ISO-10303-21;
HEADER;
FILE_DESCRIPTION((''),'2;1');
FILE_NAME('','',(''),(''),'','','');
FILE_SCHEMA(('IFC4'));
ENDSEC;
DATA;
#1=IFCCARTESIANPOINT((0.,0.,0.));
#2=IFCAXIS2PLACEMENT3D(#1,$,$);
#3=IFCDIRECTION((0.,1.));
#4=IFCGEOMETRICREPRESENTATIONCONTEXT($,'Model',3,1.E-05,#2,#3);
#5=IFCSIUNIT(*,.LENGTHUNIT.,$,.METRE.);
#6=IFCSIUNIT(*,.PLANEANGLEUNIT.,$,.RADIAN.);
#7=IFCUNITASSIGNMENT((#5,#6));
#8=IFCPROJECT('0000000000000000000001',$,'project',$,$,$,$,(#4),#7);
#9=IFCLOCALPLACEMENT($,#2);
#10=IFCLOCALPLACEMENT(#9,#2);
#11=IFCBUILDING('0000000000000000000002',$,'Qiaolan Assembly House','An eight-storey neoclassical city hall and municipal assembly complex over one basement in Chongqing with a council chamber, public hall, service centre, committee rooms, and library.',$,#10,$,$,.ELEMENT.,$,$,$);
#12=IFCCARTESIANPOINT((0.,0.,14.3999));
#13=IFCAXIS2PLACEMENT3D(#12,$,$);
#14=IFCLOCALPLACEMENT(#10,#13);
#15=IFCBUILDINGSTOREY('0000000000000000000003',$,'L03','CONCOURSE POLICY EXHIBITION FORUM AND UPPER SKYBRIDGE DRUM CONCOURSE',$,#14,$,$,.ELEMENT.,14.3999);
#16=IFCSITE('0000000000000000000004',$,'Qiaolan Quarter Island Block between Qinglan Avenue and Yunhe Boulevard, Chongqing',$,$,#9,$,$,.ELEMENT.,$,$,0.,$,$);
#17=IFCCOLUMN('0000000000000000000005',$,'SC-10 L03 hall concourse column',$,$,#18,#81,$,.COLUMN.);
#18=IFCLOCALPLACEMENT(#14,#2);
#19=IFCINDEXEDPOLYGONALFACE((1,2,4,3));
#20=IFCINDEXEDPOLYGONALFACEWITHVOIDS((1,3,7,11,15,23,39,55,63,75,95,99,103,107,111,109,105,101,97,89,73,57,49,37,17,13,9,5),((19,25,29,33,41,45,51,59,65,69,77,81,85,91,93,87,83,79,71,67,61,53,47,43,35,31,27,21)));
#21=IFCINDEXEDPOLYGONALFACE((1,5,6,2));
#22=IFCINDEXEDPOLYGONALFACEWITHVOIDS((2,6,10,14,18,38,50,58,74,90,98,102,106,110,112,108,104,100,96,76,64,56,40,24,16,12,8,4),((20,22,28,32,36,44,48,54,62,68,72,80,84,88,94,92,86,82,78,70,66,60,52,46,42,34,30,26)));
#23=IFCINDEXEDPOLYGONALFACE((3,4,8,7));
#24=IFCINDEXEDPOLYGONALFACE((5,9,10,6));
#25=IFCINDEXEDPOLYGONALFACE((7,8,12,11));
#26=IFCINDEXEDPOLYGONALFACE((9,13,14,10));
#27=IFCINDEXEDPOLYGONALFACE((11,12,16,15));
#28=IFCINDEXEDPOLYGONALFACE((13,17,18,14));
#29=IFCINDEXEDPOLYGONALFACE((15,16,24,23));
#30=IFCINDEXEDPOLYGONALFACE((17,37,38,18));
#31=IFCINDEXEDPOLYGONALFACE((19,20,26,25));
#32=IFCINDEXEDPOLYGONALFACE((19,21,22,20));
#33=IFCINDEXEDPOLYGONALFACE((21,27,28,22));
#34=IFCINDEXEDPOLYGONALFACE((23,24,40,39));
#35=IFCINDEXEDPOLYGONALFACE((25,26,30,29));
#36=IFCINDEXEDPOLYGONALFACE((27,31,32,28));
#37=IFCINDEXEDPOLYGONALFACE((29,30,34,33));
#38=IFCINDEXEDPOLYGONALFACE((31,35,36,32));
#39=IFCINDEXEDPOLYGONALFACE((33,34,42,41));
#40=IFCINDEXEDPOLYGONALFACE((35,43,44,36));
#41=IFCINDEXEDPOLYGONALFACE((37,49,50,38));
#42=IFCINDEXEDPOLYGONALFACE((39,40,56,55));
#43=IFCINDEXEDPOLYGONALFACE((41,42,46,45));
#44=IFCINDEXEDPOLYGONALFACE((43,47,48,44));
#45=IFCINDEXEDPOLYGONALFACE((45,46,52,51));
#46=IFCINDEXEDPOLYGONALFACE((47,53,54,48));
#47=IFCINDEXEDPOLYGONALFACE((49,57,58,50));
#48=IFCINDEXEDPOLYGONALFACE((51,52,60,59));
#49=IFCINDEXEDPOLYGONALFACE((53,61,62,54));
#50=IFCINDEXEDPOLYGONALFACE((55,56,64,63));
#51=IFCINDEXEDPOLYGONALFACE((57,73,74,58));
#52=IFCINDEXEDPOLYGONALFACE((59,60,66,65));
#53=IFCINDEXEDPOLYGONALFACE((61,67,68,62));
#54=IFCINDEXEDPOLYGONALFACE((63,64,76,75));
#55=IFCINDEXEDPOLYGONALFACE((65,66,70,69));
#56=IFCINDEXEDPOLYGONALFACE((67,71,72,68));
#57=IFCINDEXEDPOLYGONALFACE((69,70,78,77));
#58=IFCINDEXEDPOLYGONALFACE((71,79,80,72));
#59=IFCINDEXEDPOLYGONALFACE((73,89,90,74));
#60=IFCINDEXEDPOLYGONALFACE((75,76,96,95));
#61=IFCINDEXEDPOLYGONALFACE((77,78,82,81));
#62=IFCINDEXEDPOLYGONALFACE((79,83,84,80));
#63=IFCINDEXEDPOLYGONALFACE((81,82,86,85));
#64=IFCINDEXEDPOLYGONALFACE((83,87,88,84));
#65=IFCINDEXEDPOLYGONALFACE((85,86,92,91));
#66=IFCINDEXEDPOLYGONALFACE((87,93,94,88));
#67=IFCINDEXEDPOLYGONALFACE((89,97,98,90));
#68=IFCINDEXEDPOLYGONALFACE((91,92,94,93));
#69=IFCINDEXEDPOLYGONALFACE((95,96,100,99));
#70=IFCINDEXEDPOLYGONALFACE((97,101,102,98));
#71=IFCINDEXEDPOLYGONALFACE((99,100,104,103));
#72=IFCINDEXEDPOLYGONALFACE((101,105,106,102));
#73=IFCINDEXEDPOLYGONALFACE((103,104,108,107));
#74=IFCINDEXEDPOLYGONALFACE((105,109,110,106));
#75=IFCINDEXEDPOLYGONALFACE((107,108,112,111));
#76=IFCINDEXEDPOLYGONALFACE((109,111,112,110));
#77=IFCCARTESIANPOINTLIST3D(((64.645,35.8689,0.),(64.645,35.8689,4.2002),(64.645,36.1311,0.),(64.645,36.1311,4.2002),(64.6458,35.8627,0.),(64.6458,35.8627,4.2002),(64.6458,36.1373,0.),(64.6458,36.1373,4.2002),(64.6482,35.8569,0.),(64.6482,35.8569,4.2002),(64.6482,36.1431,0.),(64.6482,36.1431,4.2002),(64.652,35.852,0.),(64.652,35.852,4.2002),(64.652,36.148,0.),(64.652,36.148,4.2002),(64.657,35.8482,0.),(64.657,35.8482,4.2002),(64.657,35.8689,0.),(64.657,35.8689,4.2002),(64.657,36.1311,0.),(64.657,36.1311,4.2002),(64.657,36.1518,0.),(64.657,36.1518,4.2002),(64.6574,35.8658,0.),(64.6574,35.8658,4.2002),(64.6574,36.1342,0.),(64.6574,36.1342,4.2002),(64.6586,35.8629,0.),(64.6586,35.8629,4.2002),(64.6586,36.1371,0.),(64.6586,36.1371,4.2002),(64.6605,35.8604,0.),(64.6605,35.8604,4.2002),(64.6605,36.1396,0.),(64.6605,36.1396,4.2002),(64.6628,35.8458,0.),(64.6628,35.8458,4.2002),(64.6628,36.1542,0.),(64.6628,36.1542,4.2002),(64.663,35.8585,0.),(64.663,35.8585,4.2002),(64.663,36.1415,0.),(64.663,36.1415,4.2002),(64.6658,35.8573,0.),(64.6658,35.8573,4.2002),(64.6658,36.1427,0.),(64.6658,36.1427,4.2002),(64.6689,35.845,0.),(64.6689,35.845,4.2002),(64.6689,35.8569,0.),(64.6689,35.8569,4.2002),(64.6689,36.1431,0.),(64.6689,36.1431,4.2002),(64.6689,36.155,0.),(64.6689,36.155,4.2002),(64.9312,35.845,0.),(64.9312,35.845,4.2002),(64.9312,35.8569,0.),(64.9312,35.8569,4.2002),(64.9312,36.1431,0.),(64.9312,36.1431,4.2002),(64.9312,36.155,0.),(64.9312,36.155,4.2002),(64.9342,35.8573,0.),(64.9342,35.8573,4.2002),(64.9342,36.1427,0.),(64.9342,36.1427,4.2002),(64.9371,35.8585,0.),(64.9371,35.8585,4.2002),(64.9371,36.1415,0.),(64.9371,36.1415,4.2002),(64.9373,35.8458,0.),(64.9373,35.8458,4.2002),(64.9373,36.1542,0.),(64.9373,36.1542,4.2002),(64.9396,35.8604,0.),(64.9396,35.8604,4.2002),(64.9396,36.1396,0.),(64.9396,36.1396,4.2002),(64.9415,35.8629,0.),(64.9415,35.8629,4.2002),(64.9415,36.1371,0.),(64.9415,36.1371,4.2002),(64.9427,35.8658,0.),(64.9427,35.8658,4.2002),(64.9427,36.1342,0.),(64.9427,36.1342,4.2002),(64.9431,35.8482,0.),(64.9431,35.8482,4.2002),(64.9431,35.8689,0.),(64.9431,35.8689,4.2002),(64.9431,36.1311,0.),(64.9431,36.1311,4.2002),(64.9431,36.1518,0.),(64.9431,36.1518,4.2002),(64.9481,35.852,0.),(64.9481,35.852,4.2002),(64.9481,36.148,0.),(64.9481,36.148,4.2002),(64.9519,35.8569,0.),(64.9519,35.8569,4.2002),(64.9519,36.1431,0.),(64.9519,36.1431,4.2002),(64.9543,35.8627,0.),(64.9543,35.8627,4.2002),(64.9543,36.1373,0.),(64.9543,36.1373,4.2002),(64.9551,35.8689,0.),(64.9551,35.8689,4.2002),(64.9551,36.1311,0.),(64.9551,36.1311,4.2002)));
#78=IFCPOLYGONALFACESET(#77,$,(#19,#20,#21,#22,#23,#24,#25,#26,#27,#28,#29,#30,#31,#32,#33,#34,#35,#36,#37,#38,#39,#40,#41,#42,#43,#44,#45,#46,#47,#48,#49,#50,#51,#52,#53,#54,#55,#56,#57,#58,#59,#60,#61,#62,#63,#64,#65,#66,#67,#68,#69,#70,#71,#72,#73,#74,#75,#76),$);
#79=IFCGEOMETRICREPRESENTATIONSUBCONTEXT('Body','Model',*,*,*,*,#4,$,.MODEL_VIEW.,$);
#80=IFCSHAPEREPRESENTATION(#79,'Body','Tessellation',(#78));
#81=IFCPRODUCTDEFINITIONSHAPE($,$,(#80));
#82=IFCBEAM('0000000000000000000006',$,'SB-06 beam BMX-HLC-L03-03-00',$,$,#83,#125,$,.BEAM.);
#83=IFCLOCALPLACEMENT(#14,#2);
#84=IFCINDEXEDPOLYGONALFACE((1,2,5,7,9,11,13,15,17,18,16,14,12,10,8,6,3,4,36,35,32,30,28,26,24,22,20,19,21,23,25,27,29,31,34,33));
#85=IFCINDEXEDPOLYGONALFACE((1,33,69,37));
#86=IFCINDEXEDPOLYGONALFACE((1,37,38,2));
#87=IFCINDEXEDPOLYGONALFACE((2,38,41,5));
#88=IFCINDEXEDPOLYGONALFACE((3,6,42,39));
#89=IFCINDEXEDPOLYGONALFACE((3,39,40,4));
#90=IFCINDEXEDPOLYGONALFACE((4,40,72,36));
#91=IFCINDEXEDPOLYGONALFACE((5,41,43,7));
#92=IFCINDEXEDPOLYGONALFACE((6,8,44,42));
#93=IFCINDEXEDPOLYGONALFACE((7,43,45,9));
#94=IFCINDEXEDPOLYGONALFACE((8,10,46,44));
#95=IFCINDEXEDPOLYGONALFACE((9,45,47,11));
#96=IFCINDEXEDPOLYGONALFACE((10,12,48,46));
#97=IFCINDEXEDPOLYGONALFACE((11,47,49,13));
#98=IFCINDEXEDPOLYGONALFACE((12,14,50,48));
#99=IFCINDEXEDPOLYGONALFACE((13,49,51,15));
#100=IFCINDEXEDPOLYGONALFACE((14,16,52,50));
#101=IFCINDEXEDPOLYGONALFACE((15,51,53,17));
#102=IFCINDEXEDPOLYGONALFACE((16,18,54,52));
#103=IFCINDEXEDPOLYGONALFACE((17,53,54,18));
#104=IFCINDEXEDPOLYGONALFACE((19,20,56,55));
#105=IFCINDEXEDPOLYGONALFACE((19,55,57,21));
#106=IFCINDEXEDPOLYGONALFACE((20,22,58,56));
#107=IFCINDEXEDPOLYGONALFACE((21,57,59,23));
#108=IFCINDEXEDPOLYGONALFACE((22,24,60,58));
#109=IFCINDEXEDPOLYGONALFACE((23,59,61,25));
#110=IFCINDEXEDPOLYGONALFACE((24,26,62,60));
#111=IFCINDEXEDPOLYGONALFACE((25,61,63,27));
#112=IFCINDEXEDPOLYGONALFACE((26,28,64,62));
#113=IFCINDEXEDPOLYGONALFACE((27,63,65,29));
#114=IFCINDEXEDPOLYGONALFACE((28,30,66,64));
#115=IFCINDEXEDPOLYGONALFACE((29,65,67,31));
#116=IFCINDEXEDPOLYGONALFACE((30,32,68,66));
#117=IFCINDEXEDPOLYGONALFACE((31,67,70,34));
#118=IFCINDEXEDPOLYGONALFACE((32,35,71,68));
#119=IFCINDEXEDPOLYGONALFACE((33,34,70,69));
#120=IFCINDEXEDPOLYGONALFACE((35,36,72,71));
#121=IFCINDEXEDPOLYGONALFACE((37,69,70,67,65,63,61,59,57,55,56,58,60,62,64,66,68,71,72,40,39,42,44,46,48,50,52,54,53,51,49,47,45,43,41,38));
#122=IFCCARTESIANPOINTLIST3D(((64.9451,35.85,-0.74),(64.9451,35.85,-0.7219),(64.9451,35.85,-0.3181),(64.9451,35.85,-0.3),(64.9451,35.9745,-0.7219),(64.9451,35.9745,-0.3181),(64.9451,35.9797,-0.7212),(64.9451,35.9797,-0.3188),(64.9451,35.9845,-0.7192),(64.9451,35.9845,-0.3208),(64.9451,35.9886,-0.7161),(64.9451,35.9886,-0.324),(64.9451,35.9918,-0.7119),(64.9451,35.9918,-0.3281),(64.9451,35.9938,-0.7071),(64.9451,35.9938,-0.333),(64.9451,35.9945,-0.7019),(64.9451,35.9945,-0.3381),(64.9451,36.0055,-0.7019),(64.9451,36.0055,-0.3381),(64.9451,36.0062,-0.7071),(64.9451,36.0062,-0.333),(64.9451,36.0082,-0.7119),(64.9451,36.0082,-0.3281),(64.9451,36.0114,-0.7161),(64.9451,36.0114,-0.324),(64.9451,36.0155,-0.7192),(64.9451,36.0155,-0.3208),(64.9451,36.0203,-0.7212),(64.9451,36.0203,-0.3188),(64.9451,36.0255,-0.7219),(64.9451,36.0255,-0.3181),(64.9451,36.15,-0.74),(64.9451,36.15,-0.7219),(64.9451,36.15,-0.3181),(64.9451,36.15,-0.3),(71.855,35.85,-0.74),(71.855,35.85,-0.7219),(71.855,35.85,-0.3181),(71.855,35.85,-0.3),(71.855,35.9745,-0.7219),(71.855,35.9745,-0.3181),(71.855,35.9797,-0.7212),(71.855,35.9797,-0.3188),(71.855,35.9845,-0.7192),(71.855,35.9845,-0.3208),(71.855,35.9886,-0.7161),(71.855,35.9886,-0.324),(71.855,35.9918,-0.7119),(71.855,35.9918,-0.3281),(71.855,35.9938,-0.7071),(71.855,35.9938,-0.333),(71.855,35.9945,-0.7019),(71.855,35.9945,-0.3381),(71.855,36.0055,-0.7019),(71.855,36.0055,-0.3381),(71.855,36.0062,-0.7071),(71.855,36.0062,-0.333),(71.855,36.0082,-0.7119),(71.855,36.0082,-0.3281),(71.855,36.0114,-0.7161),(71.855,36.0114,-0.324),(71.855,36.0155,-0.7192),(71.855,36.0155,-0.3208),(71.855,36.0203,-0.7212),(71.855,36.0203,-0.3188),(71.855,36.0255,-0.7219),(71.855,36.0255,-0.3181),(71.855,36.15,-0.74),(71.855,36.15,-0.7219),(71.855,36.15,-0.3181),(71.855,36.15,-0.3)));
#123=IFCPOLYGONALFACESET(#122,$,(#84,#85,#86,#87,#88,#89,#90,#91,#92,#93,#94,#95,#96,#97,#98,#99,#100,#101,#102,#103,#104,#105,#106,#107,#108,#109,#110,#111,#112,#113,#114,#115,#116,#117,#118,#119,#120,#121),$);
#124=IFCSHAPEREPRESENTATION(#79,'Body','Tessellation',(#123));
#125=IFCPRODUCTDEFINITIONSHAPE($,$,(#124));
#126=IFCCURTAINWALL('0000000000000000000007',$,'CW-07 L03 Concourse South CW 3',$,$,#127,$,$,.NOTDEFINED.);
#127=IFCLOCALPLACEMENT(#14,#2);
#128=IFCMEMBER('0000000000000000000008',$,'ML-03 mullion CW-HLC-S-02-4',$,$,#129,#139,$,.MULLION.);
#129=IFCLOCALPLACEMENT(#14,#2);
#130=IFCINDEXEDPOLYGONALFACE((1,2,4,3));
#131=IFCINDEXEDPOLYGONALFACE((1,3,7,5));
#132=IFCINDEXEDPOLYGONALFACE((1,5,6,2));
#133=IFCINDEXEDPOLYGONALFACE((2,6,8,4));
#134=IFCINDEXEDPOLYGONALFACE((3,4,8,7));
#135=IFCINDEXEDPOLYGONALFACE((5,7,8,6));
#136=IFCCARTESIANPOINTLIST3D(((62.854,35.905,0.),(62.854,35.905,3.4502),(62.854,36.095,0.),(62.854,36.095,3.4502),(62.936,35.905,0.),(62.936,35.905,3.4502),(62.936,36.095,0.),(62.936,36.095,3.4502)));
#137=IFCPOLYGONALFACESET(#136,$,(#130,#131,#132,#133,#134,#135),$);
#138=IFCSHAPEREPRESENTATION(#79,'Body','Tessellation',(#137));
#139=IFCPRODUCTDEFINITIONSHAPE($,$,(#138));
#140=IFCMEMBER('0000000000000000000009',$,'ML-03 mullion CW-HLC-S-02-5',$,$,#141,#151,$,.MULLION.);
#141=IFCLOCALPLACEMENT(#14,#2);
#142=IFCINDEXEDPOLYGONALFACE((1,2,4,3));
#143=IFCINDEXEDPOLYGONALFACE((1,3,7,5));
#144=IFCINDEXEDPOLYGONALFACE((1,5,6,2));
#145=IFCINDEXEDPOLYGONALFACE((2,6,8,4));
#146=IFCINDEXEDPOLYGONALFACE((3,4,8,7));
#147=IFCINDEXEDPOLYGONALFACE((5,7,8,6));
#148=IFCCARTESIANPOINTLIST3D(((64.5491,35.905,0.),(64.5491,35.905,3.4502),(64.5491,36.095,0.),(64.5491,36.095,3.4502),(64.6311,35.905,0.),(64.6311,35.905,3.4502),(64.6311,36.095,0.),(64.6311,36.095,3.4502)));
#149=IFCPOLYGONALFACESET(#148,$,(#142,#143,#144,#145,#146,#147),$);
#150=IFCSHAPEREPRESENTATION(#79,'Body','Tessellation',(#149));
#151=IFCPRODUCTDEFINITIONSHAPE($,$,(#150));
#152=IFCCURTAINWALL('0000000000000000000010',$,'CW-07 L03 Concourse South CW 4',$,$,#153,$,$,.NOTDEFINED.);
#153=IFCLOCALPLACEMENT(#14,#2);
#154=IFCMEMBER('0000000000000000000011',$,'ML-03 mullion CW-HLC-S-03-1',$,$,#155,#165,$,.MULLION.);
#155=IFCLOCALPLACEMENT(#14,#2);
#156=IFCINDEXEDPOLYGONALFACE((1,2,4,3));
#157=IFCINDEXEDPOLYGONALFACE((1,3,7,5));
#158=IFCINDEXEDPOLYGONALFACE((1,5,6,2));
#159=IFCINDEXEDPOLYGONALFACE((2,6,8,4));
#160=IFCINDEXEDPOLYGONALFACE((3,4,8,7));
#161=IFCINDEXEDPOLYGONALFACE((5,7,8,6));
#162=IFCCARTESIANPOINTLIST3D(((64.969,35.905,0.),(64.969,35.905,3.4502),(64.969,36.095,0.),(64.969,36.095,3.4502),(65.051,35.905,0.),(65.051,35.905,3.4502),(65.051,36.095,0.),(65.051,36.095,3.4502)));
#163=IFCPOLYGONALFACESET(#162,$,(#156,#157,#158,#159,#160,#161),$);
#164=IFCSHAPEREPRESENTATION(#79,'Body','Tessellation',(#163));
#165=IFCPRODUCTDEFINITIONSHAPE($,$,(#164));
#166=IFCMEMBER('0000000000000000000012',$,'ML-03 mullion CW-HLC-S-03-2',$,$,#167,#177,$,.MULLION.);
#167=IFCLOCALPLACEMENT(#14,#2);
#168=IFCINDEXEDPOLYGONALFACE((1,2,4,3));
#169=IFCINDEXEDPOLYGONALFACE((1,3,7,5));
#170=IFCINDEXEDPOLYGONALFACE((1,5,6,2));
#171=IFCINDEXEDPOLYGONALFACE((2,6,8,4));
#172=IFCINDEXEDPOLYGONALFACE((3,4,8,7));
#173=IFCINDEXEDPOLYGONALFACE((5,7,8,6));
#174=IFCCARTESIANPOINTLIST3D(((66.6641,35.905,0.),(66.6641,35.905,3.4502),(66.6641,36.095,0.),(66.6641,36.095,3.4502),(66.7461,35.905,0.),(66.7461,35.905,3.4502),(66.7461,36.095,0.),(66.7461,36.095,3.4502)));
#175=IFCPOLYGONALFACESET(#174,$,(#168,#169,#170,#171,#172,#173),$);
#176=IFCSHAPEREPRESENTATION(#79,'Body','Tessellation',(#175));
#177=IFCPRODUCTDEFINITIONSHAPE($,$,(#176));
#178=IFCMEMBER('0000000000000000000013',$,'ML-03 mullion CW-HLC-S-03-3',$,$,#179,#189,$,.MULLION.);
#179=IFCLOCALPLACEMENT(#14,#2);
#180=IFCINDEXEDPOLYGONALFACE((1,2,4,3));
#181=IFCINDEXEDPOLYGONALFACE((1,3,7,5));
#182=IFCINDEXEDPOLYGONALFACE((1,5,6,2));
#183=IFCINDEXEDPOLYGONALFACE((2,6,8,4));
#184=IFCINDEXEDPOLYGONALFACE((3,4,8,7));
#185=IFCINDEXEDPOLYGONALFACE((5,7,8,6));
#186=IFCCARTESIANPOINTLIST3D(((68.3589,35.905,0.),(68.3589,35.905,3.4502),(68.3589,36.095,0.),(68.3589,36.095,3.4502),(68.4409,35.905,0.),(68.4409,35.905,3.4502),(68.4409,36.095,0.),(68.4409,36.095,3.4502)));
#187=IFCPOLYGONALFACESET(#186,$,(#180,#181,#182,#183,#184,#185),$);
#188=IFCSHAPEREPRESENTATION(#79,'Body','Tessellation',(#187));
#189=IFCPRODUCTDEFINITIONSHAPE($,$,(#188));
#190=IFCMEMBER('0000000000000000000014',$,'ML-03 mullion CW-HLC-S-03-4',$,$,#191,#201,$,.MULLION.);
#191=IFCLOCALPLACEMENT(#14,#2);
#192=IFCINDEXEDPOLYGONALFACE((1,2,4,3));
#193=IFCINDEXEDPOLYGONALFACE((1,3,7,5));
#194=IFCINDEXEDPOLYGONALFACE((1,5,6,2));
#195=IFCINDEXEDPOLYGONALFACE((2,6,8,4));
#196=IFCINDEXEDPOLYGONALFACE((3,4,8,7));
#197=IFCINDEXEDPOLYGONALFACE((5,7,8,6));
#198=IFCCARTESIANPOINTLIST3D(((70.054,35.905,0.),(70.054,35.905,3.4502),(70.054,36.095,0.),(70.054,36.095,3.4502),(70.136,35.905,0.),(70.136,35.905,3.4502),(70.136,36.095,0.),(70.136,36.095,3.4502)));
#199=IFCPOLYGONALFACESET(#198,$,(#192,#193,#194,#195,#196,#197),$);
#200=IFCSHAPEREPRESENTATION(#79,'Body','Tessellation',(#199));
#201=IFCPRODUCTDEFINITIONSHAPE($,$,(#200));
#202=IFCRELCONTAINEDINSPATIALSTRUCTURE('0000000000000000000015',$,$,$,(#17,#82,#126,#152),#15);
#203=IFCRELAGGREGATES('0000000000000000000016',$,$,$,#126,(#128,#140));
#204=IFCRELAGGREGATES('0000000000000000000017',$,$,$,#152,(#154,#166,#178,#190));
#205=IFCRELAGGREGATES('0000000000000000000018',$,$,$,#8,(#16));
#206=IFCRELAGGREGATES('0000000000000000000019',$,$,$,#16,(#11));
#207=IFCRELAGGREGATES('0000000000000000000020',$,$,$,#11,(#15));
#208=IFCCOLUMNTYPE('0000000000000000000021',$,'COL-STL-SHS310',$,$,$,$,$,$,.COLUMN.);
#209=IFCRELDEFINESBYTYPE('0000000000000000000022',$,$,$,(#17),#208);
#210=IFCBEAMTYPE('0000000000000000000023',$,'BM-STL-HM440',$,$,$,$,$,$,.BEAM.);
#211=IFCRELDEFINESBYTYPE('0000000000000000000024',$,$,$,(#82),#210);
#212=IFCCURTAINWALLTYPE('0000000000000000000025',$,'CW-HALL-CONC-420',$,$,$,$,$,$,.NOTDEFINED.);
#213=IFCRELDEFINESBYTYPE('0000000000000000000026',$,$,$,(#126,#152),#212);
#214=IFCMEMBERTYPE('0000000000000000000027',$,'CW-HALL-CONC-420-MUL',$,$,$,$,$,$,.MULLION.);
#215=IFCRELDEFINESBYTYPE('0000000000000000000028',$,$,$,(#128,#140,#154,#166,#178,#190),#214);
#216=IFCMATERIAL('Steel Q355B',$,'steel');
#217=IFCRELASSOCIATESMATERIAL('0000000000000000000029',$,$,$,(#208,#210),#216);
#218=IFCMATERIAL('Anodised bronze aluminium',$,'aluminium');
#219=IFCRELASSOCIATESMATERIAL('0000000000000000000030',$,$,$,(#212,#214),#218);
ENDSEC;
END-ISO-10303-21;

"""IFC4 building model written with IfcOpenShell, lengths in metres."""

from ifc_helpers import new_model, si_unit, direction, frame, origin, origin_2d, place, context, subcontext, project, spatial, rectangle, hollow_rectangle, i_section, extrude, material, material_profile, profile_set, type_object, element, aggregate, save


model = new_model("IFC4")

# Units and contexts
model_context = context("Model", 3, precision=1e-05, world=origin(), true_north=direction((0.0, 1.0)))
body_context = subcontext(model_context, "Body", "Model", "MODEL_VIEW")
ifc_project = project(units=[si_unit("LENGTHUNIT", "METRE"), si_unit("PLANEANGLEUNIT", "RADIAN")], contexts=[model_context])

# Site, building, storey
site_placement = place(None, origin())
site = spatial("IfcSite", under=ifc_project, at=site_placement, Name="Qiaolan Quarter Island Block between Qinglan Avenue and Yunhe Boulevard, Chongqing", CompositionType="ELEMENT", RefElevation=0.0)
building_placement = place(site_placement, origin())
building = spatial("IfcBuilding", under=site, at=building_placement, Name="Qiaolan Assembly House", Description="An eight-storey neoclassical city hall and municipal assembly complex over one basement in Chongqing with a council chamber, public hall, service centre, committee rooms, and library.", CompositionType="ELEMENT")
storey_placement = place(building_placement, frame((0.0, 0.0, 14.3999)))
storey = spatial("IfcBuildingStorey", under=building, at=storey_placement, Name="L03", Description="CONCOURSE POLICY EXHIBITION FORUM AND UPPER SKYBRIDGE DRUM CONCOURSE", CompositionType="ELEMENT", Elevation=14.3999)

# Column
ifc_material_1 = material(Name="Steel Q355B", Category="steel")
ifc_material_profile_1 = material_profile(ifc_material_1, hollow_rectangle(XDim=0.3101, YDim=0.3101, WallThickness=0.012, InnerFilletRadius=0.012, OuterFilletRadius=0.0239, at=origin_2d()), Name="SHS 310x310x12")
ifc_profile_set_1 = profile_set([ifc_material_profile_1], Name="Steel Q355B")
column_type = type_object("IfcColumnType", Name="COL-STL-SHS310", PredefinedType="COLUMN", material=ifc_profile_set_1)
column_placement = place(storey_placement, frame((64.8, 36.0, 0.0), z_axis=(0.0, 0.0, 1.0), x_axis=(1.0, 0.0, 0.0)))
element("IfcColumn", 1, at=column_placement, inside=storey, type_object=column_type, Name="SC-10 L03 hall concourse column", PredefinedType="COLUMN", context=body_context, shape_type="SweptSolid", body=[
    extrude(hollow_rectangle(XDim=0.3101, YDim=0.3101, WallThickness=0.012, InnerFilletRadius=0.012, OuterFilletRadius=0.0239, at=origin_2d()), origin(), (0.0, 0.0, 1.0), 4.2002),
])

# Beam
ifc_material_profile_2 = material_profile(ifc_material_1, i_section(OverallWidth=0.3, OverallDepth=0.4399, WebThickness=0.011, FlangeThickness=0.0181, FilletRadius=0.02, at=origin_2d()), Name="HM 440x300x11x18")
ifc_profile_set_2 = profile_set([ifc_material_profile_2], Name="Steel Q355B")
beam_type_1 = type_object("IfcBeamType", Name="BM-STL-HM440", PredefinedType="BEAM", material=ifc_profile_set_2)
beam_placement = place(storey_placement, frame((64.9451, 36.0, -0.52), z_axis=(1.0, 0.0, 0.0), x_axis=(0.0, 1.0, 0.0)))
element("IfcBeam", 2, at=beam_placement, inside=storey, type_object=beam_type_1, Name="SB-06 beam BMX-HLC-L03-03-00", PredefinedType="BEAM", context=body_context, shape_type="SweptSolid", body=[
    extrude(i_section(OverallWidth=0.3, OverallDepth=0.4399, WebThickness=0.011, FlangeThickness=0.0181, FilletRadius=0.02, at=origin_2d()), origin(), (0.0, 0.0, 1.0), 6.9099),
])

# Curtain walls, members
ifc_material_2 = material(Name="Anodised bronze aluminium", Category="aluminium")
curtain_wall_type = type_object("IfcCurtainWallType", Name="CW-HALL-CONC-420", PredefinedType="NOTDEFINED", material=ifc_material_2)
curtain_wall_1_placement = place(storey_placement, origin())
curtain_wall_1 = element("IfcCurtainWall", 3, at=curtain_wall_1_placement, inside=storey, type_object=curtain_wall_type, Name="CW-07 L03 Concourse South CW 3", PredefinedType="NOTDEFINED")
ifc_material_profile_3 = material_profile(ifc_material_2, rectangle(XDim=0.082, YDim=0.1899, at=origin_2d()), Name="MUL 82x190")
ifc_profile_set_3 = profile_set([ifc_material_profile_3], Name="Anodised bronze aluminium")
member_type_1 = type_object("IfcMemberType", Name="CW-HALL-CONC-420-MUL", PredefinedType="MULLION", material=ifc_profile_set_3)
member_1_placement = place(storey_placement, frame((62.895, 36.0, 0.0), z_axis=(0.0, 0.0, 1.0), x_axis=(1.0, 0.0, 0.0)))
member_1 = element("IfcMember", 4, at=member_1_placement, type_object=member_type_1, Name="ML-03 mullion CW-HLC-S-02-4", PredefinedType="MULLION", context=body_context, shape_type="SweptSolid", body=[
    extrude(rectangle(XDim=0.082, YDim=0.1899, at=origin_2d()), origin(), (0.0, 0.0, 1.0), 3.4502),
])
member_2_placement = place(storey_placement, frame((64.5901, 36.0, 0.0), z_axis=(0.0, 0.0, 1.0), x_axis=(1.0, 0.0, 0.0)))
member_2 = element("IfcMember", 5, at=member_2_placement, type_object=member_type_1, Name="ML-03 mullion CW-HLC-S-02-5", PredefinedType="MULLION", context=body_context, shape_type="SweptSolid", body=[
    extrude(rectangle(XDim=0.082, YDim=0.1899, at=origin_2d()), origin(), (0.0, 0.0, 1.0), 3.4502),
])
curtain_wall_2_placement = place(storey_placement, origin())
curtain_wall_2 = element("IfcCurtainWall", 6, at=curtain_wall_2_placement, inside=storey, type_object=curtain_wall_type, Name="CW-07 L03 Concourse South CW 4", PredefinedType="NOTDEFINED")
member_3_placement = place(storey_placement, frame((65.01, 36.0, 0.0), z_axis=(0.0, 0.0, 1.0), x_axis=(1.0, 0.0, 0.0)))
member_3 = element("IfcMember", 7, at=member_3_placement, type_object=member_type_1, Name="ML-03 mullion CW-HLC-S-03-1", PredefinedType="MULLION", context=body_context, shape_type="SweptSolid", body=[
    extrude(rectangle(XDim=0.082, YDim=0.1899, at=origin_2d()), origin(), (0.0, 0.0, 1.0), 3.4502),
])
member_4_placement = place(storey_placement, frame((66.7051, 36.0, 0.0), z_axis=(0.0, 0.0, 1.0), x_axis=(1.0, 0.0, 0.0)))
member_4 = element("IfcMember", 8, at=member_4_placement, type_object=member_type_1, Name="ML-03 mullion CW-HLC-S-03-2", PredefinedType="MULLION", context=body_context, shape_type="SweptSolid", body=[
    extrude(rectangle(XDim=0.082, YDim=0.1899, at=origin_2d()), origin(), (0.0, 0.0, 1.0), 3.4502),
])
member_5_placement = place(storey_placement, frame((68.3999, 36.0, 0.0), z_axis=(0.0, 0.0, 1.0), x_axis=(1.0, 0.0, 0.0)))
member_5 = element("IfcMember", 9, at=member_5_placement, type_object=member_type_1, Name="ML-03 mullion CW-HLC-S-03-3", PredefinedType="MULLION", context=body_context, shape_type="SweptSolid", body=[
    extrude(rectangle(XDim=0.082, YDim=0.1899, at=origin_2d()), origin(), (0.0, 0.0, 1.0), 3.4502),
])
member_6_placement = place(storey_placement, frame((70.095, 36.0, 0.0), z_axis=(0.0, 0.0, 1.0), x_axis=(1.0, 0.0, 0.0)))
member_6 = element("IfcMember", 10, at=member_6_placement, type_object=member_type_1, Name="ML-03 mullion CW-HLC-S-03-4", PredefinedType="MULLION", context=body_context, shape_type="SweptSolid", body=[
    extrude(rectangle(XDim=0.082, YDim=0.1899, at=origin_2d()), origin(), (0.0, 0.0, 1.0), 3.4502),
])

aggregate(curtain_wall_1, [member_1, member_2])
aggregate(curtain_wall_2, [member_3, member_4, member_5, member_6])

save(model, "model.ifc")
